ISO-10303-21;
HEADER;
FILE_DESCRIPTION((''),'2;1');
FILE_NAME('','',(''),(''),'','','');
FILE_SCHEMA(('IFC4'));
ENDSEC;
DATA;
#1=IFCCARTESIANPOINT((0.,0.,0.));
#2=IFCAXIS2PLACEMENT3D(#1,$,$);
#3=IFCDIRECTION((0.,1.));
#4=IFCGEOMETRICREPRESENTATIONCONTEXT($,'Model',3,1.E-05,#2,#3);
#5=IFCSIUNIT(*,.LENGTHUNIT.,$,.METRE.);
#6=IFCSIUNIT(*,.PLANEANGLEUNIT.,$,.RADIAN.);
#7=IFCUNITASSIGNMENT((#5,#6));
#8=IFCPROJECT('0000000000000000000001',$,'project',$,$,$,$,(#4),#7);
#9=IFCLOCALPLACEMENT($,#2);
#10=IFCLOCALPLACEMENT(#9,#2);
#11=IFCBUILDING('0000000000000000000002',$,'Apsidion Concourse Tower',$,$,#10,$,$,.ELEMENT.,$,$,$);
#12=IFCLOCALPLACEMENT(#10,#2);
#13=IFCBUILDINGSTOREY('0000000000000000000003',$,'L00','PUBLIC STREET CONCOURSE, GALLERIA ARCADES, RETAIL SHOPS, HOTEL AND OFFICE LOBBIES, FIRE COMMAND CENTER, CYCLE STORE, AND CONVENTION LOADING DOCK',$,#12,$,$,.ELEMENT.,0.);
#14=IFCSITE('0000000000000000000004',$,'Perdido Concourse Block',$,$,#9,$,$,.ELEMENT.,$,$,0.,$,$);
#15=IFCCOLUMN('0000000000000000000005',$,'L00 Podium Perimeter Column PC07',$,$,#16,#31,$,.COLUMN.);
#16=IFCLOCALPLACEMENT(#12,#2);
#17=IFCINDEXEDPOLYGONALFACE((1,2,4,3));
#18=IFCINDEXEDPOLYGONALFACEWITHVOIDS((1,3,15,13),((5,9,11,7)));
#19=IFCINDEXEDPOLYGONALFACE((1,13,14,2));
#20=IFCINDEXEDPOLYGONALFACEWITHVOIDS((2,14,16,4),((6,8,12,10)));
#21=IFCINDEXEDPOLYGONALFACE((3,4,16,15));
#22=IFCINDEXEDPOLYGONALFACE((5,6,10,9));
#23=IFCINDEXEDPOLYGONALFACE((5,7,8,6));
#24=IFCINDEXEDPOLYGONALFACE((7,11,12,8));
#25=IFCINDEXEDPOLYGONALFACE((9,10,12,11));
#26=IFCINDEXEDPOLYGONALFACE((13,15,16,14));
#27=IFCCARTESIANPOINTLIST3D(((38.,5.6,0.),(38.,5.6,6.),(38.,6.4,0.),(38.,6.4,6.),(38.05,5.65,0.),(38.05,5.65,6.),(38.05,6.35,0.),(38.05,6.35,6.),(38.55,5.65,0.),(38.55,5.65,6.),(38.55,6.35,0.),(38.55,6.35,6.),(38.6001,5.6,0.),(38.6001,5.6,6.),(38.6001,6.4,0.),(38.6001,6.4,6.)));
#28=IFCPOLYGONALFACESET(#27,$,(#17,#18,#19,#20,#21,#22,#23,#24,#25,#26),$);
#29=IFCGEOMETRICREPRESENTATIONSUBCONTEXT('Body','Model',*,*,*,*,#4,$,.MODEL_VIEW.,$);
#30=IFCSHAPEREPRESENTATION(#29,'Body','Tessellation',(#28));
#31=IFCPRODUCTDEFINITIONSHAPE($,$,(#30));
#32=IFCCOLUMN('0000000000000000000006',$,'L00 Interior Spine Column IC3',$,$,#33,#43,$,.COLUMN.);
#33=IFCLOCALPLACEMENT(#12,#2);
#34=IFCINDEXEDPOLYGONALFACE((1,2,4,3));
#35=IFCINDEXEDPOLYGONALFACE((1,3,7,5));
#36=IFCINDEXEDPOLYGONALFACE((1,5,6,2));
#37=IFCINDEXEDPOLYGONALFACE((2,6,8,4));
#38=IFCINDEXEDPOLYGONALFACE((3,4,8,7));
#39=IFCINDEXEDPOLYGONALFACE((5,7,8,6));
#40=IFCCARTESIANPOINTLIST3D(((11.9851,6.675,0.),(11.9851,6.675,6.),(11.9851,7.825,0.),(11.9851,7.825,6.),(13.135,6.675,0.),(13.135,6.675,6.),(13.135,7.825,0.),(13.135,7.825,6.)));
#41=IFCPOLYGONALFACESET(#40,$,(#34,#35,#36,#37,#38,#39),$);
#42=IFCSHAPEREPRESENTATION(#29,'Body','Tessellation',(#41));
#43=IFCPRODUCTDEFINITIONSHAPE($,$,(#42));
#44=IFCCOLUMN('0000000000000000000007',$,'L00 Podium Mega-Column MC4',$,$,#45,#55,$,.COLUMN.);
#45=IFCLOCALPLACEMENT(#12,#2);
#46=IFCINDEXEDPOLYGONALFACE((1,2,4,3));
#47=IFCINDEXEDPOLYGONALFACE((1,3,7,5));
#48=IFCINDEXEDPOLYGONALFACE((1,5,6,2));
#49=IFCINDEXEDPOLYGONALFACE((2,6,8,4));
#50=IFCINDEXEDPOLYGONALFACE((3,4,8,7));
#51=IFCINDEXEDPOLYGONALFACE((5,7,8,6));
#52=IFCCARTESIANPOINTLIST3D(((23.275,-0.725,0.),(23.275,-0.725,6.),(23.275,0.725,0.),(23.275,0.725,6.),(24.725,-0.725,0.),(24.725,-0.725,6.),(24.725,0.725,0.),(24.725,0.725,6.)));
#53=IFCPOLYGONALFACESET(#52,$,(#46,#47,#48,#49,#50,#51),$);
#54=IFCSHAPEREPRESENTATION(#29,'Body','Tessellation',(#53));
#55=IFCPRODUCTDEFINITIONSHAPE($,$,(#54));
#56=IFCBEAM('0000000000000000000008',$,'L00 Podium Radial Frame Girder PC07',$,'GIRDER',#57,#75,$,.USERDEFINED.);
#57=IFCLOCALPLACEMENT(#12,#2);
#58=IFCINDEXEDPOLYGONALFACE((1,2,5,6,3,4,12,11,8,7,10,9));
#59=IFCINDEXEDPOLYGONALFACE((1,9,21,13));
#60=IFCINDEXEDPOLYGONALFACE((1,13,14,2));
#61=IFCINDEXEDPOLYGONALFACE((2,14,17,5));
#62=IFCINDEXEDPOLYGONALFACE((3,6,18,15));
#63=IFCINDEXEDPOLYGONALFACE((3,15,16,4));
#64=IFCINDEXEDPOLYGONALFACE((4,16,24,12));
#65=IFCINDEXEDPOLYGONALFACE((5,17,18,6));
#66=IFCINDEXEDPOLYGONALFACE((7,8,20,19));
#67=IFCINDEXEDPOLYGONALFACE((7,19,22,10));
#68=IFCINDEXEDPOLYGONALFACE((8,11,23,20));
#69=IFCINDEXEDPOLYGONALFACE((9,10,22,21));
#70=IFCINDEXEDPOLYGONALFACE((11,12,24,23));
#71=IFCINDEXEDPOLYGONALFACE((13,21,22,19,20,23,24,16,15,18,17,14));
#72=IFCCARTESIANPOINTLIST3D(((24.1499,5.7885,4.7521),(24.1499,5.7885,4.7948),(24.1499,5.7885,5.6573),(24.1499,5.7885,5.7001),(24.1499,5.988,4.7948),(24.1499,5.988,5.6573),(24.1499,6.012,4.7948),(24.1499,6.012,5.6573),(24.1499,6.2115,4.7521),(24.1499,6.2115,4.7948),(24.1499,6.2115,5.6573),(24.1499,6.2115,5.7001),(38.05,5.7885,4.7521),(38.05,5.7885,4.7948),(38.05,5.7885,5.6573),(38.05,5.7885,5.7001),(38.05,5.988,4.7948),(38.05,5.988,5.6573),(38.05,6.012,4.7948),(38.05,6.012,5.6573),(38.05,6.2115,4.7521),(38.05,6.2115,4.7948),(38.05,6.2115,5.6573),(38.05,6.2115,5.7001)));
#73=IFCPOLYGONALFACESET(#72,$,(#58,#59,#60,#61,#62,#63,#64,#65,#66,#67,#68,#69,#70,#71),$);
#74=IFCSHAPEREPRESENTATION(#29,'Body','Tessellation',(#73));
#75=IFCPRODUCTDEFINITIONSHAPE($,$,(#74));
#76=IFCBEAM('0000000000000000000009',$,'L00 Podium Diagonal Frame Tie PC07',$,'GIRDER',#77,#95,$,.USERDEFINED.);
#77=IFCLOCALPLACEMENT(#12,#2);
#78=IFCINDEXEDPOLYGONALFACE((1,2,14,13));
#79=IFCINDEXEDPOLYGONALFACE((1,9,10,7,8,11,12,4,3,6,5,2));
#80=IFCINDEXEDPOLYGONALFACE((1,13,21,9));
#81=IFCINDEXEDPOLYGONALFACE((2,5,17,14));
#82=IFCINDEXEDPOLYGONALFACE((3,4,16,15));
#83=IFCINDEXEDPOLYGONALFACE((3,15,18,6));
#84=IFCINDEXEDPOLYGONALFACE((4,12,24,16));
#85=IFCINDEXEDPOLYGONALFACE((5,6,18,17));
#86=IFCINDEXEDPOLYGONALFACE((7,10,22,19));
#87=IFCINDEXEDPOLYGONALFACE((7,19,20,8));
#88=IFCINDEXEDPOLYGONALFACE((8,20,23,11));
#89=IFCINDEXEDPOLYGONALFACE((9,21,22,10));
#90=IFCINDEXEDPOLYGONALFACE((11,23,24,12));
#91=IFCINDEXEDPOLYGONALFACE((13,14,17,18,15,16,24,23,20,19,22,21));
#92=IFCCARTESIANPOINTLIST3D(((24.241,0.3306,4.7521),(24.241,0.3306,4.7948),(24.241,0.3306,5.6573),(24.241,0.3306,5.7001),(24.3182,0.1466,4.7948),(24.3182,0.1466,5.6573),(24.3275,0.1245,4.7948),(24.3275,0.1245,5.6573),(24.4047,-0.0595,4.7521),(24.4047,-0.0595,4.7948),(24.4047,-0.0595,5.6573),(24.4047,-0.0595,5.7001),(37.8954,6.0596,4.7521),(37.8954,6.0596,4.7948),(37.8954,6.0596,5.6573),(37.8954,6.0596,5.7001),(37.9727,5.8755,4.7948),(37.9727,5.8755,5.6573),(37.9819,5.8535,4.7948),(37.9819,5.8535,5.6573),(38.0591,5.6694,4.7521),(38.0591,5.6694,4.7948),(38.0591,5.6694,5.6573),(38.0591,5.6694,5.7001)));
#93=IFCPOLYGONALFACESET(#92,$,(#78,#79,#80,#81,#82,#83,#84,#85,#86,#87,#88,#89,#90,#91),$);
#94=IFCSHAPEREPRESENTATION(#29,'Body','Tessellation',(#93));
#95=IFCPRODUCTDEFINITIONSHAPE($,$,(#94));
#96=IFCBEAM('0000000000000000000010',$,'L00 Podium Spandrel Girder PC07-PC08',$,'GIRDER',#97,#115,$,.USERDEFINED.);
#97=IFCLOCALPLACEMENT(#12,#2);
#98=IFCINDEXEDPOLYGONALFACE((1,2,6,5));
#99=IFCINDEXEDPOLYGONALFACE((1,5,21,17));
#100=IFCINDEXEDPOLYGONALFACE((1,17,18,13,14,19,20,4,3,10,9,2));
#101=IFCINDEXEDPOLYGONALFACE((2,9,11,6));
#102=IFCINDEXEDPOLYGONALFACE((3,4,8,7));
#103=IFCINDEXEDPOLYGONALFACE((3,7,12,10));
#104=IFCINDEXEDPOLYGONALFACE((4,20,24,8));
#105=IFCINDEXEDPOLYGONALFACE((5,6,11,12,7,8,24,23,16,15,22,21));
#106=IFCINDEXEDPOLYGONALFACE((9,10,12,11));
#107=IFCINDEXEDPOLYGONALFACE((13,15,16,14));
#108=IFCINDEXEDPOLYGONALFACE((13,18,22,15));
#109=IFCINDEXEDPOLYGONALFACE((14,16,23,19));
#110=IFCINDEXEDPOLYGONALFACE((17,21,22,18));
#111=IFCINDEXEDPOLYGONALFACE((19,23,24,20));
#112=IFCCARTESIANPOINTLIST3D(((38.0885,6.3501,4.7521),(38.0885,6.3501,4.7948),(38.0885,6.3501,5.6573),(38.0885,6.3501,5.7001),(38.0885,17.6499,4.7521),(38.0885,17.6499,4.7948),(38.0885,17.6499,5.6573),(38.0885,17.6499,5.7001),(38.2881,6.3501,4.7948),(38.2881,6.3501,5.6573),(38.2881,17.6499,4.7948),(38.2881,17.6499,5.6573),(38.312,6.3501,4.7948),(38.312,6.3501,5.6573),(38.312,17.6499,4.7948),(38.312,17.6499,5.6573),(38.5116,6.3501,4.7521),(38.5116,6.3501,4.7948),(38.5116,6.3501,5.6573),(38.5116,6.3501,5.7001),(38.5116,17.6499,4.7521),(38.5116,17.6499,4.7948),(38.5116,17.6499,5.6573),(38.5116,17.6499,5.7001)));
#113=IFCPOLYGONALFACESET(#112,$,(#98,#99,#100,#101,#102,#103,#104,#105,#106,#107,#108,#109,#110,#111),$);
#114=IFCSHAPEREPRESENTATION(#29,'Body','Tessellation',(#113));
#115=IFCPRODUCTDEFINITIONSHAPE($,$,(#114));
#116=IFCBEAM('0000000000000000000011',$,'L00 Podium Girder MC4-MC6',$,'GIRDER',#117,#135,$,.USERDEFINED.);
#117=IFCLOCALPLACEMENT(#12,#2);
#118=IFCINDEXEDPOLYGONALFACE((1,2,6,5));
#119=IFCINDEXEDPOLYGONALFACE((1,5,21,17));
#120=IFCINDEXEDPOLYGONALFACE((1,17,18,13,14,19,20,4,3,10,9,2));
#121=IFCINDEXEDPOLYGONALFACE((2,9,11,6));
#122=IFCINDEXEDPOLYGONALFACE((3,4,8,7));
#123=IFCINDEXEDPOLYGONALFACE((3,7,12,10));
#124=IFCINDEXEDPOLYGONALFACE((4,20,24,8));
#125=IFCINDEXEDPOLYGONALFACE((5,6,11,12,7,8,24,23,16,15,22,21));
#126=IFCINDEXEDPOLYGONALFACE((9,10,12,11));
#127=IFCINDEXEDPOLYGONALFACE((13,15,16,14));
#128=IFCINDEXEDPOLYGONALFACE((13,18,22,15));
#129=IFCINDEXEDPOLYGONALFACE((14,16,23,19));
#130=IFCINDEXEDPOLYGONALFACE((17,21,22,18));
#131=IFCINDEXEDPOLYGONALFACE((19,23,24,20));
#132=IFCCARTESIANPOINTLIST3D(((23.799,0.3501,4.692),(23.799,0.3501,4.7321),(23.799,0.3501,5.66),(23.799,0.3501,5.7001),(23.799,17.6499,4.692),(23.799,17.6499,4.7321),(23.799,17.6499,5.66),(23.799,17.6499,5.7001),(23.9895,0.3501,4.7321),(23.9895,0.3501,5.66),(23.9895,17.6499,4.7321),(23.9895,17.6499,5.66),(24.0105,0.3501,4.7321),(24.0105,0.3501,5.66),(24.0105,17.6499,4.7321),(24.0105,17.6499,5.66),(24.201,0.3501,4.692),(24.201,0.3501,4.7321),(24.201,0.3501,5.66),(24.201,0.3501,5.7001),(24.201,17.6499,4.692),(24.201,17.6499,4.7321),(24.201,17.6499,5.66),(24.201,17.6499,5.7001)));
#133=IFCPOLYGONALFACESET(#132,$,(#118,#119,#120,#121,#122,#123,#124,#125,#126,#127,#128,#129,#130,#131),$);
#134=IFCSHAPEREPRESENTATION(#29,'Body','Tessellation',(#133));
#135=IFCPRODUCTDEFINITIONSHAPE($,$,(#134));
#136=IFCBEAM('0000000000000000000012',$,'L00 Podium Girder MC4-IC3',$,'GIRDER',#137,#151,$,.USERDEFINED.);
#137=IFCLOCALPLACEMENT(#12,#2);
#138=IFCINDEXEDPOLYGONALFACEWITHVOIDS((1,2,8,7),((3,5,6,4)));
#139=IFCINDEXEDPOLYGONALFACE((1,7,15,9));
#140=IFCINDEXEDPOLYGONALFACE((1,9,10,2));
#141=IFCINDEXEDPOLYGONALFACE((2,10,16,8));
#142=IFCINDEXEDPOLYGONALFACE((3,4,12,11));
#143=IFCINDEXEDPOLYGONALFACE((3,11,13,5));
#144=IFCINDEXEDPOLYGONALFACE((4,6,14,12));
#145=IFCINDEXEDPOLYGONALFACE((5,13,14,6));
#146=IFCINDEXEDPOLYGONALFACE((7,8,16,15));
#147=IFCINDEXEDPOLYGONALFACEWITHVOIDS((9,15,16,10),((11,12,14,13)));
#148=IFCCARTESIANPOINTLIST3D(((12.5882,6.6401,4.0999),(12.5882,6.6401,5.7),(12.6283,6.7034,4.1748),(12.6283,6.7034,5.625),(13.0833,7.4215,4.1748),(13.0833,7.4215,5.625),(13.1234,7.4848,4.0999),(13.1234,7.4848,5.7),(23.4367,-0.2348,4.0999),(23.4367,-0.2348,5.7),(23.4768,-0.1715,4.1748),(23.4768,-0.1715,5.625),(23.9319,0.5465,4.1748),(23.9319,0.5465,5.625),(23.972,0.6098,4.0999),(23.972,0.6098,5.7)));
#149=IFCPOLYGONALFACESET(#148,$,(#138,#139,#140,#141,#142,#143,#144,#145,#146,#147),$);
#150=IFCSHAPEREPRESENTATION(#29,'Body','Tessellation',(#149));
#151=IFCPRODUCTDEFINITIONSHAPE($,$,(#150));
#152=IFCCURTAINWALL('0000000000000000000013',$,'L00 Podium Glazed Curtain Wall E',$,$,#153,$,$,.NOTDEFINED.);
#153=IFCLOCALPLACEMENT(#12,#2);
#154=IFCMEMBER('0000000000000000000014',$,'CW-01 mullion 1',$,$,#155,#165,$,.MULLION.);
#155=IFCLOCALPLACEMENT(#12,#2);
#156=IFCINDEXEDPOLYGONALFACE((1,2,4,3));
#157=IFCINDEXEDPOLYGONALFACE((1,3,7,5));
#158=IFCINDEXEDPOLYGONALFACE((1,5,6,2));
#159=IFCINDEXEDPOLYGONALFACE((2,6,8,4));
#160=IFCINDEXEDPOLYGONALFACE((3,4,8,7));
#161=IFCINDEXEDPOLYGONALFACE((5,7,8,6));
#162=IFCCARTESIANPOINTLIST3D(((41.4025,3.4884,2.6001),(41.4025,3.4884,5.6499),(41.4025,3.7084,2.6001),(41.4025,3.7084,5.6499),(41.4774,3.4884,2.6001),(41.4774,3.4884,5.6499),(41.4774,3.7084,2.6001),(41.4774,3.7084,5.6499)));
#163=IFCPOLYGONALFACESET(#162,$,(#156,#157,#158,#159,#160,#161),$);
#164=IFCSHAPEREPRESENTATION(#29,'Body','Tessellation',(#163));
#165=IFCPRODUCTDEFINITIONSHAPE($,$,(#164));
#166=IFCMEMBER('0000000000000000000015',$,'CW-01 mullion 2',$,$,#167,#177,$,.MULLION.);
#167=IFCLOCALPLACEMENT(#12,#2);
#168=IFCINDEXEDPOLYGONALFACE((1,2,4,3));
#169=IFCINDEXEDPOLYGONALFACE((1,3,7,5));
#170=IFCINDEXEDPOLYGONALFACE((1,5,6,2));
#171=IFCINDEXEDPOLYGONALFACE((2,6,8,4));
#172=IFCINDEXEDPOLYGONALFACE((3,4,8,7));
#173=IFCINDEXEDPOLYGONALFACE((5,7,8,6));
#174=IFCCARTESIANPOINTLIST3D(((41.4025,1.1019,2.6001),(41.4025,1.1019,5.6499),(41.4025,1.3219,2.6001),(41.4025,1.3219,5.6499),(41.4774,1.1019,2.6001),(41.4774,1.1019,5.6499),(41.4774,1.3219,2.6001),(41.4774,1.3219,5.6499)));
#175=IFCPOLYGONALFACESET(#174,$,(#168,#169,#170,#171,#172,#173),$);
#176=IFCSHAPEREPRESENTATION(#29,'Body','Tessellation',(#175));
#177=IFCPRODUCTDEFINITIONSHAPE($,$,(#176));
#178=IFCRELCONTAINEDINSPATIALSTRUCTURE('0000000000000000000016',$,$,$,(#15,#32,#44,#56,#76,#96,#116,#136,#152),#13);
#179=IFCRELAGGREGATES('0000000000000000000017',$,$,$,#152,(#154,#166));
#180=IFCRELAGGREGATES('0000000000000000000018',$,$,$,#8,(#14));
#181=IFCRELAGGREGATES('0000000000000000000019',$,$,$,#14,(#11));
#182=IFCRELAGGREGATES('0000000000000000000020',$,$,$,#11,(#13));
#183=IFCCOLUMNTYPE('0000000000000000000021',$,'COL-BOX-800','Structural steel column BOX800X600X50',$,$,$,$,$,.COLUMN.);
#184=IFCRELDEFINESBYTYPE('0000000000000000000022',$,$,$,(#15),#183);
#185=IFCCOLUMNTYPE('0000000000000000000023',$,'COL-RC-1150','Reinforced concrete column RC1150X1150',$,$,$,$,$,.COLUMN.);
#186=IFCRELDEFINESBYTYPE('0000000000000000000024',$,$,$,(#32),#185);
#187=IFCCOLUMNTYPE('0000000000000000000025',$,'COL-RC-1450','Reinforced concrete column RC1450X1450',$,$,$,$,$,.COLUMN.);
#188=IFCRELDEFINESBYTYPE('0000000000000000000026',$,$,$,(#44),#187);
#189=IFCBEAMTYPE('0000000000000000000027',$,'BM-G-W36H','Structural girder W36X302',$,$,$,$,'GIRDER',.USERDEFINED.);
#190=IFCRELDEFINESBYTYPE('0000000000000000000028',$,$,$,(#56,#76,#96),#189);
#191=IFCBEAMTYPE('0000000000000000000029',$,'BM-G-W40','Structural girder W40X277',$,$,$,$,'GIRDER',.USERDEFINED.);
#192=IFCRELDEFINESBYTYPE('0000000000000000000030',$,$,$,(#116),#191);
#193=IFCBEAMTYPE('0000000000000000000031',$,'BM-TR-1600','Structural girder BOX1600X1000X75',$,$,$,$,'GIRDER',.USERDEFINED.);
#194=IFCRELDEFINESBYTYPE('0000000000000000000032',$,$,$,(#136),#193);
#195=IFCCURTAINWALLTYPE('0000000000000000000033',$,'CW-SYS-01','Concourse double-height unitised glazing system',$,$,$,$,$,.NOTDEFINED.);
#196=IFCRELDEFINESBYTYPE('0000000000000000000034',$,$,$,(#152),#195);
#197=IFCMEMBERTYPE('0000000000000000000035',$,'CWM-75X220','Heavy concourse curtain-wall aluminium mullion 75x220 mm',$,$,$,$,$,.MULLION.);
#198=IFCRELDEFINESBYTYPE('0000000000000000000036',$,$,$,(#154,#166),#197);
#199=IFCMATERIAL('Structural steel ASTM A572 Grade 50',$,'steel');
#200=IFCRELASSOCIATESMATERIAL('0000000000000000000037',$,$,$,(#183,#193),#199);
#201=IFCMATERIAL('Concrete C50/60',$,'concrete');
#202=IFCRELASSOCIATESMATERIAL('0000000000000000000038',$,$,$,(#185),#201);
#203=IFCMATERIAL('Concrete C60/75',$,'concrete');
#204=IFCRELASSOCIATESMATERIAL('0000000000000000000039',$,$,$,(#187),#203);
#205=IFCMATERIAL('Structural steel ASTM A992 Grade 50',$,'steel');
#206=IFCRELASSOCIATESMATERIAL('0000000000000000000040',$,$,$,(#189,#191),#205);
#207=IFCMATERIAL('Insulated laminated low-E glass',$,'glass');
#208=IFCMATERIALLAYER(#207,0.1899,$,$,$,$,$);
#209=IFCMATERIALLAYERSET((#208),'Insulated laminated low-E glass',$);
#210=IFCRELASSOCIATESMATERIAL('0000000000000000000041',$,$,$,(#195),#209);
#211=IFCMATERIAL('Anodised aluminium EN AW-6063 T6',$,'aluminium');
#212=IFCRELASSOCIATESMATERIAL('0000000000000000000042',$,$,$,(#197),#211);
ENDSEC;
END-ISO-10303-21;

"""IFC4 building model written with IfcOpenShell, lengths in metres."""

from ifc_helpers import new_model, si_unit, direction, frame, origin, origin_2d, place, context, subcontext, project, spatial, rectangle, hollow_rectangle, i_section, extrude, material, layer, layer_set, material_profile, profile_set, type_object, element, aggregate, save


model = new_model("IFC4")

# Units and contexts
model_context = context("Model", 3, precision=1e-05, world=origin(), true_north=direction((0.0, 1.0)))
body_context = subcontext(model_context, "Body", "Model", "MODEL_VIEW")
ifc_project = project(units=[si_unit("LENGTHUNIT", "METRE"), si_unit("PLANEANGLEUNIT", "RADIAN")], contexts=[model_context])

# Site, building, storey
site_placement = place(None, origin())
site = spatial("IfcSite", under=ifc_project, at=site_placement, Name="Perdido Concourse Block", CompositionType="ELEMENT", RefElevation=0.0)
building_placement = place(site_placement, origin())
building = spatial("IfcBuilding", under=site, at=building_placement, Name="Apsidion Concourse Tower", CompositionType="ELEMENT")
storey_placement = place(building_placement, origin())
storey = spatial("IfcBuildingStorey", under=building, at=storey_placement, Name="L00", Description="PUBLIC STREET CONCOURSE, GALLERIA ARCADES, RETAIL SHOPS, HOTEL AND OFFICE LOBBIES, FIRE COMMAND CENTER, CYCLE STORE, AND CONVENTION LOADING DOCK", CompositionType="ELEMENT", Elevation=0.0)

# Columns
ifc_material_1 = material(Name="Structural steel ASTM A572 Grade 50", Category="steel")
ifc_material_profile_1 = material_profile(ifc_material_1, hollow_rectangle(XDim=0.6001, YDim=0.8, WallThickness=0.05, at=origin_2d()), Name="BOX800X600X50")
ifc_profile_set_1 = profile_set([ifc_material_profile_1], Name="Structural steel ASTM A572 Grade 50")
column_type_1 = type_object("IfcColumnType", Name="COL-BOX-800", Description="Structural steel column BOX800X600X50", PredefinedType="COLUMN", material=ifc_profile_set_1)
column_1_placement = place(storey_placement, frame((38.3, 6.0, 0.0), z_axis=(0.0, 0.0, 1.0), x_axis=(1.0, 0.0, 0.0)))
element("IfcColumn", 1, at=column_1_placement, inside=storey, type_object=column_type_1, Name="L00 Podium Perimeter Column PC07", PredefinedType="COLUMN", context=body_context, shape_type="SweptSolid", body=[
    extrude(hollow_rectangle(XDim=0.6001, YDim=0.8, WallThickness=0.05, at=origin_2d()), origin(), (0.0, 0.0, 1.0), 6.0),
])
ifc_material_2 = material(Name="Concrete C50/60", Category="concrete")
ifc_material_profile_2 = material_profile(ifc_material_2, rectangle(XDim=1.1499, YDim=1.1499, at=origin_2d()), Name="RC 1150x1150")
ifc_profile_set_2 = profile_set([ifc_material_profile_2], Name="Concrete C50/60")
column_type_2 = type_object("IfcColumnType", Name="COL-RC-1150", Description="Reinforced concrete column RC1150X1150", PredefinedType="COLUMN", material=ifc_profile_set_2)
column_2_placement = place(storey_placement, frame((12.5601, 7.25, 0.0), z_axis=(0.0, 0.0, 1.0), x_axis=(1.0, 0.0, 0.0)))
element("IfcColumn", 2, at=column_2_placement, inside=storey, type_object=column_type_2, Name="L00 Interior Spine Column IC3", PredefinedType="COLUMN", context=body_context, shape_type="SweptSolid", body=[
    extrude(rectangle(XDim=1.1499, YDim=1.1499, at=origin_2d()), origin(), (0.0, 0.0, 1.0), 6.0),
])
ifc_material_3 = material(Name="Concrete C60/75", Category="concrete")
ifc_material_profile_3 = material_profile(ifc_material_3, rectangle(XDim=1.45, YDim=1.45, at=origin_2d()), Name="RC 1450x1450")
ifc_profile_set_3 = profile_set([ifc_material_profile_3], Name="Concrete C60/75")
column_type_3 = type_object("IfcColumnType", Name="COL-RC-1450", Description="Reinforced concrete column RC1450X1450", PredefinedType="COLUMN", material=ifc_profile_set_3)
column_3_placement = place(storey_placement, frame((24.0, 0.0, 0.0), z_axis=(0.0, 0.0, 1.0), x_axis=(1.0, 0.0, 0.0)))
element("IfcColumn", 3, at=column_3_placement, inside=storey, type_object=column_type_3, Name="L00 Podium Mega-Column MC4", PredefinedType="COLUMN", context=body_context, shape_type="SweptSolid", body=[
    extrude(rectangle(XDim=1.45, YDim=1.45, at=origin_2d()), origin(), (0.0, 0.0, 1.0), 6.0),
])

# Beams
ifc_material_4 = material(Name="Structural steel ASTM A992 Grade 50", Category="steel")
ifc_material_profile_4 = material_profile(ifc_material_4, i_section(OverallWidth=0.4231, OverallDepth=0.948, WebThickness=0.0239, FlangeThickness=0.0427, at=origin_2d()), Name="W36X302")
ifc_profile_set_4 = profile_set([ifc_material_profile_4], Name="Structural steel ASTM A992 Grade 50")
beam_type_1 = type_object("IfcBeamType", Name="BM-G-W36H", Description="Structural girder W36X302", ElementType="GIRDER", PredefinedType="USERDEFINED", material=ifc_profile_set_4)
beam_1_placement = place(storey_placement, frame((38.05, 6.0, 5.2261), z_axis=(-1.0, 0.0, 0.0), x_axis=(0.0, -1.0, 0.0)))
element("IfcBeam", 4, at=beam_1_placement, inside=storey, type_object=beam_type_1, Name="L00 Podium Radial Frame Girder PC07", ObjectType="GIRDER", PredefinedType="USERDEFINED", context=body_context, shape_type="SweptSolid", body=[
    extrude(i_section(OverallWidth=0.4231, OverallDepth=0.948, WebThickness=0.0239, FlangeThickness=0.0427, at=origin_2d()), origin(), (0.0, 0.0, 1.0), 13.9001),
])
beam_2_placement = place(storey_placement, frame((37.9773, 5.8645, 5.2261), z_axis=(-0.922124, -0.386894, 0.0), x_axis=(0.386894, -0.922124, 0.0)))
element("IfcBeam", 5, at=beam_2_placement, inside=storey, type_object=beam_type_1, Name="L00 Podium Diagonal Frame Tie PC07", ObjectType="GIRDER", PredefinedType="USERDEFINED", context=body_context, shape_type="SweptSolid", body=[
    extrude(i_section(OverallWidth=0.4231, OverallDepth=0.948, WebThickness=0.0239, FlangeThickness=0.0427, at=origin_2d()), origin(), (0.0, 0.0, 1.0), 14.8076),
])
beam_3_placement = place(storey_placement, frame((38.3, 6.3501, 5.2261), z_axis=(0.0, 1.0, 0.0), x_axis=(-1.0, 0.0, 0.0)))
element("IfcBeam", 6, at=beam_3_placement, inside=storey, type_object=beam_type_1, Name="L00 Podium Spandrel Girder PC07-PC08", ObjectType="GIRDER", PredefinedType="USERDEFINED", context=body_context, shape_type="SweptSolid", body=[
    extrude(i_section(OverallWidth=0.4231, OverallDepth=0.948, WebThickness=0.0239, FlangeThickness=0.0427, at=origin_2d()), origin(), (0.0, 0.0, 1.0), 11.2998),
])
ifc_material_profile_5 = material_profile(ifc_material_4, i_section(OverallWidth=0.4021, OverallDepth=1.0081, WebThickness=0.021, FlangeThickness=0.04, at=origin_2d()), Name="W40X277")
ifc_profile_set_5 = profile_set([ifc_material_profile_5], Name="Structural steel ASTM A992 Grade 50")
beam_type_2 = type_object("IfcBeamType", Name="BM-G-W40", Description="Structural girder W40X277", ElementType="GIRDER", PredefinedType="USERDEFINED", material=ifc_profile_set_5)
beam_4_placement = place(storey_placement, frame((24.0, 0.3501, 5.196), z_axis=(0.0, 1.0, 0.0), x_axis=(-1.0, 0.0, 0.0)))
element("IfcBeam", 7, at=beam_4_placement, inside=storey, type_object=beam_type_2, Name="L00 Podium Girder MC4-MC6", ObjectType="GIRDER", PredefinedType="USERDEFINED", context=body_context, shape_type="SweptSolid", body=[
    extrude(i_section(OverallWidth=0.4021, OverallDepth=1.0081, WebThickness=0.021, FlangeThickness=0.04, at=origin_2d()), origin(), (0.0, 0.0, 1.0), 17.2998),
])
ifc_material_profile_6 = material_profile(ifc_material_1, hollow_rectangle(XDim=1.0, YDim=1.6001, WallThickness=0.075, at=origin_2d()), Name="BOX1600X1000X75")
ifc_profile_set_6 = profile_set([ifc_material_profile_6], Name="Structural steel ASTM A572 Grade 50")
beam_type_3 = type_object("IfcBeamType", Name="BM-TR-1600", Description="Structural girder BOX1600X1000X75", ElementType="GIRDER", PredefinedType="USERDEFINED", material=ifc_profile_set_6)
beam_5_placement = place(storey_placement, frame((23.7043, 0.1875, 4.8999), z_axis=(-0.844671, 0.535285, 0.0), x_axis=(-0.535285, -0.844671, 0.0)))
element("IfcBeam", 8, at=beam_5_placement, inside=storey, type_object=beam_type_3, Name="L00 Podium Girder MC4-IC3", ObjectType="GIRDER", PredefinedType="USERDEFINED", context=body_context, shape_type="SweptSolid", body=[
    extrude(hollow_rectangle(XDim=1.0, YDim=1.6001, WallThickness=0.075, at=origin_2d()), origin(), (0.0, 0.0, 1.0), 12.8435),
])

# Curtain wall, members
ifc_material_5 = material(Name="Insulated laminated low-E glass", Category="glass")
ifc_layer_1 = layer(ifc_material_5, 0.1899)
ifc_layer_set_1 = layer_set([ifc_layer_1], Name="Insulated laminated low-E glass")
curtain_wall_type = type_object("IfcCurtainWallType", Name="CW-SYS-01", Description="Concourse double-height unitised glazing system", PredefinedType="NOTDEFINED", material=ifc_layer_set_1)
curtain_wall_placement = place(storey_placement, origin())
curtain_wall = element("IfcCurtainWall", 9, at=curtain_wall_placement, inside=storey, type_object=curtain_wall_type, Name="L00 Podium Glazed Curtain Wall E", PredefinedType="NOTDEFINED")
ifc_material_6 = material(Name="Anodised aluminium EN AW-6063 T6", Category="aluminium")
ifc_material_profile_7 = material_profile(ifc_material_6, rectangle(XDim=0.075, YDim=0.22, at=origin_2d()), Name="ALU MULLION 75x220")
ifc_profile_set_7 = profile_set([ifc_material_profile_7], Name="Anodised aluminium EN AW-6063 T6")
member_type_1 = type_object("IfcMemberType", Name="CWM-75X220", Description="Heavy concourse curtain-wall aluminium mullion 75x220 mm", PredefinedType="MULLION", material=ifc_profile_set_7)
member_1_placement = place(storey_placement, frame((41.4399, 3.5984, 2.6001), z_axis=(0.0, 0.0, 1.0), x_axis=(1.0, 0.0, 0.0)))
member_1 = element("IfcMember", 10, at=member_1_placement, type_object=member_type_1, Name="CW-01 mullion 1", PredefinedType="MULLION", context=body_context, shape_type="SweptSolid", body=[
    extrude(rectangle(XDim=0.075, YDim=0.22, at=origin_2d()), origin(), (0.0, 0.0, 1.0), 3.0498),
])
member_2_placement = place(storey_placement, frame((41.4399, 1.2119, 2.6001), z_axis=(0.0, 0.0, 1.0), x_axis=(1.0, 0.0, 0.0)))
member_2 = element("IfcMember", 11, at=member_2_placement, type_object=member_type_1, Name="CW-01 mullion 2", PredefinedType="MULLION", context=body_context, shape_type="SweptSolid", body=[
    extrude(rectangle(XDim=0.075, YDim=0.22, at=origin_2d()), origin(), (0.0, 0.0, 1.0), 3.0498),
])
aggregate(curtain_wall, [member_1, member_2])

save(model, "model.ifc")
